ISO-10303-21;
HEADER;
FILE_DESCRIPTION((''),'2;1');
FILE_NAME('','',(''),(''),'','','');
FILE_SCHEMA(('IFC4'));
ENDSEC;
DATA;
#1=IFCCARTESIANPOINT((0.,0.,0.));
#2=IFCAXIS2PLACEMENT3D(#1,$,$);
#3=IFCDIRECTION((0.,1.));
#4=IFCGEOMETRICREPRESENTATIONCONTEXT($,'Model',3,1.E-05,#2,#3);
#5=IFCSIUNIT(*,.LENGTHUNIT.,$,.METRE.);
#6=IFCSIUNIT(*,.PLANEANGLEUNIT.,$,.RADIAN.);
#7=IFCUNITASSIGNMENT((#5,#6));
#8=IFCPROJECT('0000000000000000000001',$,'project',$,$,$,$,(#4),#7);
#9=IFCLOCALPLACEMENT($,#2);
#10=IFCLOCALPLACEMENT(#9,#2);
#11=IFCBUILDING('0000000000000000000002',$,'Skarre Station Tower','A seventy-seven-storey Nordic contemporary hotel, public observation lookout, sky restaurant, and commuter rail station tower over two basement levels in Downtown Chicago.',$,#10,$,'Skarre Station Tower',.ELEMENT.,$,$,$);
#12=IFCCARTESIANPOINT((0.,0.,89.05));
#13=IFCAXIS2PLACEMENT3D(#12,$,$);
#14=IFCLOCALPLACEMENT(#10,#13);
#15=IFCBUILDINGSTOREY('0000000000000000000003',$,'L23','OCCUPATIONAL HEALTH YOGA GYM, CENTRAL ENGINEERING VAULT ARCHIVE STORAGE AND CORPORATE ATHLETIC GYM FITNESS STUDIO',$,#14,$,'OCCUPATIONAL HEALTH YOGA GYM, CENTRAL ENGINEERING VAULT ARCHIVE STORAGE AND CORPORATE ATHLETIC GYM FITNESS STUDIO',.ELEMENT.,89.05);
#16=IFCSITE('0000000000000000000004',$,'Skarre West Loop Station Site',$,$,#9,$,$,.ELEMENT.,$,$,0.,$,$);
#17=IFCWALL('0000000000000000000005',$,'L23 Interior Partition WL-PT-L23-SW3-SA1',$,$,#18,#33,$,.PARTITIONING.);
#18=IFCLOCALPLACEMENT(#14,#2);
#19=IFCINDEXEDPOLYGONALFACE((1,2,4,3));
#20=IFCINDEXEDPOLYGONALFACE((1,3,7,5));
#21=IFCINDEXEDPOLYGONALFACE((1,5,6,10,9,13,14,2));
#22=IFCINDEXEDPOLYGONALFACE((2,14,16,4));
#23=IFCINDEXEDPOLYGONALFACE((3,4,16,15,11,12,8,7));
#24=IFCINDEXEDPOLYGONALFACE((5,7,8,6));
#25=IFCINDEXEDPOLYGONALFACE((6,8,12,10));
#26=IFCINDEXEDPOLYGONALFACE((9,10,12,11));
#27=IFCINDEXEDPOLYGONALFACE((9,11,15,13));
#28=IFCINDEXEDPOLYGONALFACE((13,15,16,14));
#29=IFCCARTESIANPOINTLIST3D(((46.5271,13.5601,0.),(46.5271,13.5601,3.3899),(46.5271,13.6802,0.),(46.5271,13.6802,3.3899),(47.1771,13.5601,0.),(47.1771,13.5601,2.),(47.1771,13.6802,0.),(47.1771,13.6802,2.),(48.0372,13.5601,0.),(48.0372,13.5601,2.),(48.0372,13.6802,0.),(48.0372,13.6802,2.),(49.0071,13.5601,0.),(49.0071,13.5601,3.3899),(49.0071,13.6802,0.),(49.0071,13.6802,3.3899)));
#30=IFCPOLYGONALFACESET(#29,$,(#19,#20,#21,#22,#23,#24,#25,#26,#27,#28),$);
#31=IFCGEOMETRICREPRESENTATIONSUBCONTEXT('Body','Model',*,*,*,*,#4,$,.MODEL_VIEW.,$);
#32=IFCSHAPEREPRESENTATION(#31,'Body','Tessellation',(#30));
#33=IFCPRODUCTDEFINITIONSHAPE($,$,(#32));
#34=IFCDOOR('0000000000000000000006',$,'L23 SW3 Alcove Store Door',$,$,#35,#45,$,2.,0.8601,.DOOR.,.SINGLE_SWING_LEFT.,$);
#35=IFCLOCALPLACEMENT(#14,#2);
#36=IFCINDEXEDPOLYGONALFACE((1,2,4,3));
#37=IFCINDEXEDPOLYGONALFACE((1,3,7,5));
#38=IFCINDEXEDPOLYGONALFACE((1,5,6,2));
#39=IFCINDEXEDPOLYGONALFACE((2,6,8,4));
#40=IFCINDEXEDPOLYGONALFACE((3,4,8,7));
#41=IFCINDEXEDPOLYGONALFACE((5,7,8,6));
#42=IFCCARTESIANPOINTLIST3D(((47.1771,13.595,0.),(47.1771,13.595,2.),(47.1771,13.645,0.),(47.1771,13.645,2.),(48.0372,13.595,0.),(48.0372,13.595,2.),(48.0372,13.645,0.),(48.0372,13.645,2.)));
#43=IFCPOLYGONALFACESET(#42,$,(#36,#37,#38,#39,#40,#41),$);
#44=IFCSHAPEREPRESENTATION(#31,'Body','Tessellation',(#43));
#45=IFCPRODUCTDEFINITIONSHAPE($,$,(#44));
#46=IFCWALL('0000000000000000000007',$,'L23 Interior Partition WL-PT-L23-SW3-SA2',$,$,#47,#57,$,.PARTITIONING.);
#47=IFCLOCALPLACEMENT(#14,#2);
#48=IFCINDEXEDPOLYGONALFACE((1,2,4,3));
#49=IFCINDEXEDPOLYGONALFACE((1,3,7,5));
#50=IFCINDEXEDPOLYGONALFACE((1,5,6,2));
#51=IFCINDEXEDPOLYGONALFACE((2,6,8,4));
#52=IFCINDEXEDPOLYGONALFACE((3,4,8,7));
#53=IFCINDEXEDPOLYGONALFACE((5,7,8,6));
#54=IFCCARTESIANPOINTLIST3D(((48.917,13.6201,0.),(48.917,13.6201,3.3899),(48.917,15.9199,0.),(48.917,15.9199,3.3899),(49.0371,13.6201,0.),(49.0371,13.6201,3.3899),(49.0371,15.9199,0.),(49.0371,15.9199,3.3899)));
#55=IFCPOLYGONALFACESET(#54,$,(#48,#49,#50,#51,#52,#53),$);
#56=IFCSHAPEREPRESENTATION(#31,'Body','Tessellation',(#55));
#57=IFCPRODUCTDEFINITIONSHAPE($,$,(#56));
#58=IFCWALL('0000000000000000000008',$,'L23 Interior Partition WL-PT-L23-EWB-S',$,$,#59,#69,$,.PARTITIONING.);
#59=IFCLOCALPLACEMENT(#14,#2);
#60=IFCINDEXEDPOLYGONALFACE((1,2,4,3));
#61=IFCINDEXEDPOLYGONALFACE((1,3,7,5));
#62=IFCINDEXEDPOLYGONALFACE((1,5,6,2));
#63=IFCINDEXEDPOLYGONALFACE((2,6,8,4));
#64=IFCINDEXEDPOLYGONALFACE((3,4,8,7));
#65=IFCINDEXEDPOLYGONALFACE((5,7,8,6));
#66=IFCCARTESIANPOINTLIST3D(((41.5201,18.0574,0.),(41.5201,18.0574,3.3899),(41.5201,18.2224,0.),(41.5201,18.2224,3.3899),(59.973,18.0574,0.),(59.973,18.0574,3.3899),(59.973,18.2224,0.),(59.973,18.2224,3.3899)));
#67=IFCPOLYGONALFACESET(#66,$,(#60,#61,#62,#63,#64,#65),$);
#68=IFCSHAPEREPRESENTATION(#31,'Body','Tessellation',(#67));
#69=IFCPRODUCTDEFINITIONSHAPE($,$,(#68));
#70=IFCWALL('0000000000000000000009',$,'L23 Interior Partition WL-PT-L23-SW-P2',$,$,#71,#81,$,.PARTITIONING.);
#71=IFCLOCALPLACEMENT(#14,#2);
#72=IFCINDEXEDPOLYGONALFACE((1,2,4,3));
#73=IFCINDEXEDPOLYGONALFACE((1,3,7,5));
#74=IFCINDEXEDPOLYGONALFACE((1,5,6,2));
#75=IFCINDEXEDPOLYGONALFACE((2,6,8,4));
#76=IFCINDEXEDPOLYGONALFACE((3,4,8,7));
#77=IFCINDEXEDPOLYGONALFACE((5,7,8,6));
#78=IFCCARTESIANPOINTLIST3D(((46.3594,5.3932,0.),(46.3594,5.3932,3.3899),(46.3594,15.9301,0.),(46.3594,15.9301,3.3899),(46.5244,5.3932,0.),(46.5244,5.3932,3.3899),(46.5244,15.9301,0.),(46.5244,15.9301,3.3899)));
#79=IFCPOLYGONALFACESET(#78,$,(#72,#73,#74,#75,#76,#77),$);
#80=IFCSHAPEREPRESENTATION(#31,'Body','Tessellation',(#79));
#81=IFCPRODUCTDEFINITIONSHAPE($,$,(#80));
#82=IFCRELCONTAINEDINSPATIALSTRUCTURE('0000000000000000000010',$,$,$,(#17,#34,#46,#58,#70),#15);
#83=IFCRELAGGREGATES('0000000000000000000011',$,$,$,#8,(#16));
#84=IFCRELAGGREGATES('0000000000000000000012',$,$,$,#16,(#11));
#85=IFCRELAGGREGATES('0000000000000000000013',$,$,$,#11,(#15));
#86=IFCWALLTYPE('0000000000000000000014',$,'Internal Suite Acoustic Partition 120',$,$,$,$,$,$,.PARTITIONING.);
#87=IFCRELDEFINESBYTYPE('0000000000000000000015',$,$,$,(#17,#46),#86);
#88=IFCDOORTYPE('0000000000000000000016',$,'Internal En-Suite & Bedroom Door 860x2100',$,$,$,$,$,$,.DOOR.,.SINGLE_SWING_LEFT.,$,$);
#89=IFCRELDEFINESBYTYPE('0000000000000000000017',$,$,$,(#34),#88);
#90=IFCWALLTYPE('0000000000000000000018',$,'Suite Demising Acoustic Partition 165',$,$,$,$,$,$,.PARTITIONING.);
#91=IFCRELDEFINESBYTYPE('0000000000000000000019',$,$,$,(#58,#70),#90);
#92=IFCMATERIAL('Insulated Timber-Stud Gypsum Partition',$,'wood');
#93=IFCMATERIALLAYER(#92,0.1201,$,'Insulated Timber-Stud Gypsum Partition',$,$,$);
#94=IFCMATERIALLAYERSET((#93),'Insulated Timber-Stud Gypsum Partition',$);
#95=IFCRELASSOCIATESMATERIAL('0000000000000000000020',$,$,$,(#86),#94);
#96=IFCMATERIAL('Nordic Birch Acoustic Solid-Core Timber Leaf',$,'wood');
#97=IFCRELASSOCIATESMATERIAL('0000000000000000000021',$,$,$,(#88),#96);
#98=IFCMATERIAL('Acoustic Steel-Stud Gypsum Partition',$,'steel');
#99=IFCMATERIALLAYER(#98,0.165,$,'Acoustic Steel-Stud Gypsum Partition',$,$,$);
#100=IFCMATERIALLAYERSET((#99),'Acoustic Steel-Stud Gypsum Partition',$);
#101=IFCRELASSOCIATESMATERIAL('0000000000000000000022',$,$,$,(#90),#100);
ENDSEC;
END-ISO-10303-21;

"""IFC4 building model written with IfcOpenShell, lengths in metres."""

from ifc_helpers import new_model, si_unit, direction, frame, frame_2d, origin, place, context, subcontext, project, spatial, rectangle, extrude, material, layer, layer_set, type_object, element, fill, save


model = new_model("IFC4")

# Units and contexts
model_context = context("Model", 3, precision=1e-05, world=origin(), true_north=direction((0.0, 1.0)))
body_context = subcontext(model_context, "Body", "Model", "MODEL_VIEW")
ifc_project = project(units=[si_unit("LENGTHUNIT", "METRE"), si_unit("PLANEANGLEUNIT", "RADIAN")], contexts=[model_context])

# Site, building, storey
site_placement = place(None, origin())
site = spatial("IfcSite", under=ifc_project, at=site_placement, Name="Skarre West Loop Station Site", CompositionType="ELEMENT", RefElevation=0.0)
building_placement = place(site_placement, origin())
building = spatial("IfcBuilding", under=site, at=building_placement, Name="Skarre Station Tower", Description="A seventy-seven-storey Nordic contemporary hotel, public observation lookout, sky restaurant, and commuter rail station tower over two basement levels in Downtown Chicago.", LongName="Skarre Station Tower", CompositionType="ELEMENT")
storey_placement = place(building_placement, frame((0.0, 0.0, 89.05)))
storey = spatial("IfcBuildingStorey", under=building, at=storey_placement, Name="L23", Description="OCCUPATIONAL HEALTH YOGA GYM, CENTRAL ENGINEERING VAULT ARCHIVE STORAGE AND CORPORATE ATHLETIC GYM FITNESS STUDIO", LongName="OCCUPATIONAL HEALTH YOGA GYM, CENTRAL ENGINEERING VAULT ARCHIVE STORAGE AND CORPORATE ATHLETIC GYM FITNESS STUDIO", CompositionType="ELEMENT", Elevation=89.05)

# Shared definitions
ifc_material_1 = material(Name="Acoustic Steel-Stud Gypsum Partition", Category="steel")

# Shared definitions
ifc_material_2 = material(Name="Insulated Timber-Stud Gypsum Partition", Category="wood")
ifc_layer_1 = layer(ifc_material_2, 0.1201, Name="Insulated Timber-Stud Gypsum Partition")
ifc_layer_set_1 = layer_set([ifc_layer_1], Name="Insulated Timber-Stud Gypsum Partition")
wall_type_1 = type_object("IfcWallType", Name="Internal Suite Acoustic Partition 120", PredefinedType="PARTITIONING", material=ifc_layer_set_1)

# Wall, opening, door
wall_1_placement = place(storey_placement, frame((46.5271, 13.6201, 0.0), z_axis=(0.0, 0.0, 1.0), x_axis=(1.0, 0.0, 0.0)))
wall_1 = element("IfcWall", 1, at=wall_1_placement, inside=storey, type_object=wall_type_1, Name="L23 Interior Partition WL-PT-L23-SW3-SA1", PredefinedType="PARTITIONING", context=body_context, shape_type="SweptSolid", body=[
    extrude(rectangle(XDim=2.48, YDim=0.1201, at=frame_2d((1.24, 0.0))), origin(), (0.0, 0.0, 1.0), 3.3899),
])
opening_1_placement = place(wall_1_placement, frame((0.6499, 0.0, 0.0)))
opening_1 = element("IfcOpeningElement", 2, at=opening_1_placement, cuts=wall_1, PredefinedType="OPENING", context=body_context, shape_type="SweptSolid", body=[
    extrude(rectangle(XDim=0.8601, YDim=2.0, at=frame_2d((0.4302, 1.0))), frame((0.0, 0.0701, 0.0), z_axis=(0.0, -1.0, 0.0), x_axis=(1.0, 0.0, 0.0)), (0.0, 0.0, 1.0), 0.1401),
])
ifc_material_3 = material(Name="Nordic Birch Acoustic Solid-Core Timber Leaf", Category="wood")
door_type_1 = type_object("IfcDoorType", Name="Internal En-Suite & Bedroom Door 860x2100", OperationType="SINGLE_SWING_LEFT", PredefinedType="DOOR", material=ifc_material_3)
door_1_placement = place(opening_1_placement, origin())
door_1 = element("IfcDoor", 3, at=door_1_placement, inside=storey, type_object=door_type_1, Name="L23 SW3 Alcove Store Door", OperationType="SINGLE_SWING_LEFT", OverallHeight=2.0, OverallWidth=0.8601, PredefinedType="DOOR", context=body_context, shape_type="SweptSolid", body=[
    extrude(rectangle(XDim=0.8601, YDim=2.0, at=frame_2d((0.4302, 1.0))), frame((0.0, 0.0249, 0.0), z_axis=(0.0, -1.0, 0.0), x_axis=(1.0, 0.0, 0.0)), (0.0, 0.0, 1.0), 0.05),
])
fill(opening_1, door_1)

# Walls
wall_2_placement = place(storey_placement, frame((48.9771, 13.6201, 0.0), z_axis=(0.0, 0.0, 1.0), x_axis=(0.0, 1.0, 0.0)))
element("IfcWall", 4, at=wall_2_placement, inside=storey, type_object=wall_type_1, Name="L23 Interior Partition WL-PT-L23-SW3-SA2", PredefinedType="PARTITIONING", context=body_context, shape_type="SweptSolid", body=[
    extrude(rectangle(XDim=2.2998, YDim=0.1201, at=frame_2d((1.1499, 0.0))), origin(), (0.0, 0.0, 1.0), 3.3899),
])
ifc_layer_2 = layer(ifc_material_1, 0.165, Name="Acoustic Steel-Stud Gypsum Partition")
ifc_layer_set_2 = layer_set([ifc_layer_2], Name="Acoustic Steel-Stud Gypsum Partition")
wall_type_2 = type_object("IfcWallType", Name="Suite Demising Acoustic Partition 165", PredefinedType="PARTITIONING", material=ifc_layer_set_2)
wall_3_placement = place(storey_placement, frame((41.52, 18.1399, 0.0), z_axis=(0.0, 0.0, 1.0), x_axis=(1.0, 0.0, 0.0)))
element("IfcWall", 5, at=wall_3_placement, inside=storey, type_object=wall_type_2, Name="L23 Interior Partition WL-PT-L23-EWB-S", PredefinedType="PARTITIONING", context=body_context, shape_type="SweptSolid", body=[
    extrude(rectangle(XDim=18.4529, YDim=0.165, at=frame_2d((9.2266, 0.0))), origin(), (0.0, 0.0, 1.0), 3.3899),
])
wall_4_placement = place(storey_placement, frame((46.4419, 5.3931, 0.0), z_axis=(0.0, 0.0, 1.0), x_axis=(0.0, 1.0, 0.0)))
element("IfcWall", 6, at=wall_4_placement, inside=storey, type_object=wall_type_2, Name="L23 Interior Partition WL-PT-L23-SW-P2", PredefinedType="PARTITIONING", context=body_context, shape_type="SweptSolid", body=[
    extrude(rectangle(XDim=10.5369, YDim=0.165, at=frame_2d((5.2686, 0.0))), origin(), (0.0, 0.0, 1.0), 3.3899),
])

save(model, "model.ifc")
